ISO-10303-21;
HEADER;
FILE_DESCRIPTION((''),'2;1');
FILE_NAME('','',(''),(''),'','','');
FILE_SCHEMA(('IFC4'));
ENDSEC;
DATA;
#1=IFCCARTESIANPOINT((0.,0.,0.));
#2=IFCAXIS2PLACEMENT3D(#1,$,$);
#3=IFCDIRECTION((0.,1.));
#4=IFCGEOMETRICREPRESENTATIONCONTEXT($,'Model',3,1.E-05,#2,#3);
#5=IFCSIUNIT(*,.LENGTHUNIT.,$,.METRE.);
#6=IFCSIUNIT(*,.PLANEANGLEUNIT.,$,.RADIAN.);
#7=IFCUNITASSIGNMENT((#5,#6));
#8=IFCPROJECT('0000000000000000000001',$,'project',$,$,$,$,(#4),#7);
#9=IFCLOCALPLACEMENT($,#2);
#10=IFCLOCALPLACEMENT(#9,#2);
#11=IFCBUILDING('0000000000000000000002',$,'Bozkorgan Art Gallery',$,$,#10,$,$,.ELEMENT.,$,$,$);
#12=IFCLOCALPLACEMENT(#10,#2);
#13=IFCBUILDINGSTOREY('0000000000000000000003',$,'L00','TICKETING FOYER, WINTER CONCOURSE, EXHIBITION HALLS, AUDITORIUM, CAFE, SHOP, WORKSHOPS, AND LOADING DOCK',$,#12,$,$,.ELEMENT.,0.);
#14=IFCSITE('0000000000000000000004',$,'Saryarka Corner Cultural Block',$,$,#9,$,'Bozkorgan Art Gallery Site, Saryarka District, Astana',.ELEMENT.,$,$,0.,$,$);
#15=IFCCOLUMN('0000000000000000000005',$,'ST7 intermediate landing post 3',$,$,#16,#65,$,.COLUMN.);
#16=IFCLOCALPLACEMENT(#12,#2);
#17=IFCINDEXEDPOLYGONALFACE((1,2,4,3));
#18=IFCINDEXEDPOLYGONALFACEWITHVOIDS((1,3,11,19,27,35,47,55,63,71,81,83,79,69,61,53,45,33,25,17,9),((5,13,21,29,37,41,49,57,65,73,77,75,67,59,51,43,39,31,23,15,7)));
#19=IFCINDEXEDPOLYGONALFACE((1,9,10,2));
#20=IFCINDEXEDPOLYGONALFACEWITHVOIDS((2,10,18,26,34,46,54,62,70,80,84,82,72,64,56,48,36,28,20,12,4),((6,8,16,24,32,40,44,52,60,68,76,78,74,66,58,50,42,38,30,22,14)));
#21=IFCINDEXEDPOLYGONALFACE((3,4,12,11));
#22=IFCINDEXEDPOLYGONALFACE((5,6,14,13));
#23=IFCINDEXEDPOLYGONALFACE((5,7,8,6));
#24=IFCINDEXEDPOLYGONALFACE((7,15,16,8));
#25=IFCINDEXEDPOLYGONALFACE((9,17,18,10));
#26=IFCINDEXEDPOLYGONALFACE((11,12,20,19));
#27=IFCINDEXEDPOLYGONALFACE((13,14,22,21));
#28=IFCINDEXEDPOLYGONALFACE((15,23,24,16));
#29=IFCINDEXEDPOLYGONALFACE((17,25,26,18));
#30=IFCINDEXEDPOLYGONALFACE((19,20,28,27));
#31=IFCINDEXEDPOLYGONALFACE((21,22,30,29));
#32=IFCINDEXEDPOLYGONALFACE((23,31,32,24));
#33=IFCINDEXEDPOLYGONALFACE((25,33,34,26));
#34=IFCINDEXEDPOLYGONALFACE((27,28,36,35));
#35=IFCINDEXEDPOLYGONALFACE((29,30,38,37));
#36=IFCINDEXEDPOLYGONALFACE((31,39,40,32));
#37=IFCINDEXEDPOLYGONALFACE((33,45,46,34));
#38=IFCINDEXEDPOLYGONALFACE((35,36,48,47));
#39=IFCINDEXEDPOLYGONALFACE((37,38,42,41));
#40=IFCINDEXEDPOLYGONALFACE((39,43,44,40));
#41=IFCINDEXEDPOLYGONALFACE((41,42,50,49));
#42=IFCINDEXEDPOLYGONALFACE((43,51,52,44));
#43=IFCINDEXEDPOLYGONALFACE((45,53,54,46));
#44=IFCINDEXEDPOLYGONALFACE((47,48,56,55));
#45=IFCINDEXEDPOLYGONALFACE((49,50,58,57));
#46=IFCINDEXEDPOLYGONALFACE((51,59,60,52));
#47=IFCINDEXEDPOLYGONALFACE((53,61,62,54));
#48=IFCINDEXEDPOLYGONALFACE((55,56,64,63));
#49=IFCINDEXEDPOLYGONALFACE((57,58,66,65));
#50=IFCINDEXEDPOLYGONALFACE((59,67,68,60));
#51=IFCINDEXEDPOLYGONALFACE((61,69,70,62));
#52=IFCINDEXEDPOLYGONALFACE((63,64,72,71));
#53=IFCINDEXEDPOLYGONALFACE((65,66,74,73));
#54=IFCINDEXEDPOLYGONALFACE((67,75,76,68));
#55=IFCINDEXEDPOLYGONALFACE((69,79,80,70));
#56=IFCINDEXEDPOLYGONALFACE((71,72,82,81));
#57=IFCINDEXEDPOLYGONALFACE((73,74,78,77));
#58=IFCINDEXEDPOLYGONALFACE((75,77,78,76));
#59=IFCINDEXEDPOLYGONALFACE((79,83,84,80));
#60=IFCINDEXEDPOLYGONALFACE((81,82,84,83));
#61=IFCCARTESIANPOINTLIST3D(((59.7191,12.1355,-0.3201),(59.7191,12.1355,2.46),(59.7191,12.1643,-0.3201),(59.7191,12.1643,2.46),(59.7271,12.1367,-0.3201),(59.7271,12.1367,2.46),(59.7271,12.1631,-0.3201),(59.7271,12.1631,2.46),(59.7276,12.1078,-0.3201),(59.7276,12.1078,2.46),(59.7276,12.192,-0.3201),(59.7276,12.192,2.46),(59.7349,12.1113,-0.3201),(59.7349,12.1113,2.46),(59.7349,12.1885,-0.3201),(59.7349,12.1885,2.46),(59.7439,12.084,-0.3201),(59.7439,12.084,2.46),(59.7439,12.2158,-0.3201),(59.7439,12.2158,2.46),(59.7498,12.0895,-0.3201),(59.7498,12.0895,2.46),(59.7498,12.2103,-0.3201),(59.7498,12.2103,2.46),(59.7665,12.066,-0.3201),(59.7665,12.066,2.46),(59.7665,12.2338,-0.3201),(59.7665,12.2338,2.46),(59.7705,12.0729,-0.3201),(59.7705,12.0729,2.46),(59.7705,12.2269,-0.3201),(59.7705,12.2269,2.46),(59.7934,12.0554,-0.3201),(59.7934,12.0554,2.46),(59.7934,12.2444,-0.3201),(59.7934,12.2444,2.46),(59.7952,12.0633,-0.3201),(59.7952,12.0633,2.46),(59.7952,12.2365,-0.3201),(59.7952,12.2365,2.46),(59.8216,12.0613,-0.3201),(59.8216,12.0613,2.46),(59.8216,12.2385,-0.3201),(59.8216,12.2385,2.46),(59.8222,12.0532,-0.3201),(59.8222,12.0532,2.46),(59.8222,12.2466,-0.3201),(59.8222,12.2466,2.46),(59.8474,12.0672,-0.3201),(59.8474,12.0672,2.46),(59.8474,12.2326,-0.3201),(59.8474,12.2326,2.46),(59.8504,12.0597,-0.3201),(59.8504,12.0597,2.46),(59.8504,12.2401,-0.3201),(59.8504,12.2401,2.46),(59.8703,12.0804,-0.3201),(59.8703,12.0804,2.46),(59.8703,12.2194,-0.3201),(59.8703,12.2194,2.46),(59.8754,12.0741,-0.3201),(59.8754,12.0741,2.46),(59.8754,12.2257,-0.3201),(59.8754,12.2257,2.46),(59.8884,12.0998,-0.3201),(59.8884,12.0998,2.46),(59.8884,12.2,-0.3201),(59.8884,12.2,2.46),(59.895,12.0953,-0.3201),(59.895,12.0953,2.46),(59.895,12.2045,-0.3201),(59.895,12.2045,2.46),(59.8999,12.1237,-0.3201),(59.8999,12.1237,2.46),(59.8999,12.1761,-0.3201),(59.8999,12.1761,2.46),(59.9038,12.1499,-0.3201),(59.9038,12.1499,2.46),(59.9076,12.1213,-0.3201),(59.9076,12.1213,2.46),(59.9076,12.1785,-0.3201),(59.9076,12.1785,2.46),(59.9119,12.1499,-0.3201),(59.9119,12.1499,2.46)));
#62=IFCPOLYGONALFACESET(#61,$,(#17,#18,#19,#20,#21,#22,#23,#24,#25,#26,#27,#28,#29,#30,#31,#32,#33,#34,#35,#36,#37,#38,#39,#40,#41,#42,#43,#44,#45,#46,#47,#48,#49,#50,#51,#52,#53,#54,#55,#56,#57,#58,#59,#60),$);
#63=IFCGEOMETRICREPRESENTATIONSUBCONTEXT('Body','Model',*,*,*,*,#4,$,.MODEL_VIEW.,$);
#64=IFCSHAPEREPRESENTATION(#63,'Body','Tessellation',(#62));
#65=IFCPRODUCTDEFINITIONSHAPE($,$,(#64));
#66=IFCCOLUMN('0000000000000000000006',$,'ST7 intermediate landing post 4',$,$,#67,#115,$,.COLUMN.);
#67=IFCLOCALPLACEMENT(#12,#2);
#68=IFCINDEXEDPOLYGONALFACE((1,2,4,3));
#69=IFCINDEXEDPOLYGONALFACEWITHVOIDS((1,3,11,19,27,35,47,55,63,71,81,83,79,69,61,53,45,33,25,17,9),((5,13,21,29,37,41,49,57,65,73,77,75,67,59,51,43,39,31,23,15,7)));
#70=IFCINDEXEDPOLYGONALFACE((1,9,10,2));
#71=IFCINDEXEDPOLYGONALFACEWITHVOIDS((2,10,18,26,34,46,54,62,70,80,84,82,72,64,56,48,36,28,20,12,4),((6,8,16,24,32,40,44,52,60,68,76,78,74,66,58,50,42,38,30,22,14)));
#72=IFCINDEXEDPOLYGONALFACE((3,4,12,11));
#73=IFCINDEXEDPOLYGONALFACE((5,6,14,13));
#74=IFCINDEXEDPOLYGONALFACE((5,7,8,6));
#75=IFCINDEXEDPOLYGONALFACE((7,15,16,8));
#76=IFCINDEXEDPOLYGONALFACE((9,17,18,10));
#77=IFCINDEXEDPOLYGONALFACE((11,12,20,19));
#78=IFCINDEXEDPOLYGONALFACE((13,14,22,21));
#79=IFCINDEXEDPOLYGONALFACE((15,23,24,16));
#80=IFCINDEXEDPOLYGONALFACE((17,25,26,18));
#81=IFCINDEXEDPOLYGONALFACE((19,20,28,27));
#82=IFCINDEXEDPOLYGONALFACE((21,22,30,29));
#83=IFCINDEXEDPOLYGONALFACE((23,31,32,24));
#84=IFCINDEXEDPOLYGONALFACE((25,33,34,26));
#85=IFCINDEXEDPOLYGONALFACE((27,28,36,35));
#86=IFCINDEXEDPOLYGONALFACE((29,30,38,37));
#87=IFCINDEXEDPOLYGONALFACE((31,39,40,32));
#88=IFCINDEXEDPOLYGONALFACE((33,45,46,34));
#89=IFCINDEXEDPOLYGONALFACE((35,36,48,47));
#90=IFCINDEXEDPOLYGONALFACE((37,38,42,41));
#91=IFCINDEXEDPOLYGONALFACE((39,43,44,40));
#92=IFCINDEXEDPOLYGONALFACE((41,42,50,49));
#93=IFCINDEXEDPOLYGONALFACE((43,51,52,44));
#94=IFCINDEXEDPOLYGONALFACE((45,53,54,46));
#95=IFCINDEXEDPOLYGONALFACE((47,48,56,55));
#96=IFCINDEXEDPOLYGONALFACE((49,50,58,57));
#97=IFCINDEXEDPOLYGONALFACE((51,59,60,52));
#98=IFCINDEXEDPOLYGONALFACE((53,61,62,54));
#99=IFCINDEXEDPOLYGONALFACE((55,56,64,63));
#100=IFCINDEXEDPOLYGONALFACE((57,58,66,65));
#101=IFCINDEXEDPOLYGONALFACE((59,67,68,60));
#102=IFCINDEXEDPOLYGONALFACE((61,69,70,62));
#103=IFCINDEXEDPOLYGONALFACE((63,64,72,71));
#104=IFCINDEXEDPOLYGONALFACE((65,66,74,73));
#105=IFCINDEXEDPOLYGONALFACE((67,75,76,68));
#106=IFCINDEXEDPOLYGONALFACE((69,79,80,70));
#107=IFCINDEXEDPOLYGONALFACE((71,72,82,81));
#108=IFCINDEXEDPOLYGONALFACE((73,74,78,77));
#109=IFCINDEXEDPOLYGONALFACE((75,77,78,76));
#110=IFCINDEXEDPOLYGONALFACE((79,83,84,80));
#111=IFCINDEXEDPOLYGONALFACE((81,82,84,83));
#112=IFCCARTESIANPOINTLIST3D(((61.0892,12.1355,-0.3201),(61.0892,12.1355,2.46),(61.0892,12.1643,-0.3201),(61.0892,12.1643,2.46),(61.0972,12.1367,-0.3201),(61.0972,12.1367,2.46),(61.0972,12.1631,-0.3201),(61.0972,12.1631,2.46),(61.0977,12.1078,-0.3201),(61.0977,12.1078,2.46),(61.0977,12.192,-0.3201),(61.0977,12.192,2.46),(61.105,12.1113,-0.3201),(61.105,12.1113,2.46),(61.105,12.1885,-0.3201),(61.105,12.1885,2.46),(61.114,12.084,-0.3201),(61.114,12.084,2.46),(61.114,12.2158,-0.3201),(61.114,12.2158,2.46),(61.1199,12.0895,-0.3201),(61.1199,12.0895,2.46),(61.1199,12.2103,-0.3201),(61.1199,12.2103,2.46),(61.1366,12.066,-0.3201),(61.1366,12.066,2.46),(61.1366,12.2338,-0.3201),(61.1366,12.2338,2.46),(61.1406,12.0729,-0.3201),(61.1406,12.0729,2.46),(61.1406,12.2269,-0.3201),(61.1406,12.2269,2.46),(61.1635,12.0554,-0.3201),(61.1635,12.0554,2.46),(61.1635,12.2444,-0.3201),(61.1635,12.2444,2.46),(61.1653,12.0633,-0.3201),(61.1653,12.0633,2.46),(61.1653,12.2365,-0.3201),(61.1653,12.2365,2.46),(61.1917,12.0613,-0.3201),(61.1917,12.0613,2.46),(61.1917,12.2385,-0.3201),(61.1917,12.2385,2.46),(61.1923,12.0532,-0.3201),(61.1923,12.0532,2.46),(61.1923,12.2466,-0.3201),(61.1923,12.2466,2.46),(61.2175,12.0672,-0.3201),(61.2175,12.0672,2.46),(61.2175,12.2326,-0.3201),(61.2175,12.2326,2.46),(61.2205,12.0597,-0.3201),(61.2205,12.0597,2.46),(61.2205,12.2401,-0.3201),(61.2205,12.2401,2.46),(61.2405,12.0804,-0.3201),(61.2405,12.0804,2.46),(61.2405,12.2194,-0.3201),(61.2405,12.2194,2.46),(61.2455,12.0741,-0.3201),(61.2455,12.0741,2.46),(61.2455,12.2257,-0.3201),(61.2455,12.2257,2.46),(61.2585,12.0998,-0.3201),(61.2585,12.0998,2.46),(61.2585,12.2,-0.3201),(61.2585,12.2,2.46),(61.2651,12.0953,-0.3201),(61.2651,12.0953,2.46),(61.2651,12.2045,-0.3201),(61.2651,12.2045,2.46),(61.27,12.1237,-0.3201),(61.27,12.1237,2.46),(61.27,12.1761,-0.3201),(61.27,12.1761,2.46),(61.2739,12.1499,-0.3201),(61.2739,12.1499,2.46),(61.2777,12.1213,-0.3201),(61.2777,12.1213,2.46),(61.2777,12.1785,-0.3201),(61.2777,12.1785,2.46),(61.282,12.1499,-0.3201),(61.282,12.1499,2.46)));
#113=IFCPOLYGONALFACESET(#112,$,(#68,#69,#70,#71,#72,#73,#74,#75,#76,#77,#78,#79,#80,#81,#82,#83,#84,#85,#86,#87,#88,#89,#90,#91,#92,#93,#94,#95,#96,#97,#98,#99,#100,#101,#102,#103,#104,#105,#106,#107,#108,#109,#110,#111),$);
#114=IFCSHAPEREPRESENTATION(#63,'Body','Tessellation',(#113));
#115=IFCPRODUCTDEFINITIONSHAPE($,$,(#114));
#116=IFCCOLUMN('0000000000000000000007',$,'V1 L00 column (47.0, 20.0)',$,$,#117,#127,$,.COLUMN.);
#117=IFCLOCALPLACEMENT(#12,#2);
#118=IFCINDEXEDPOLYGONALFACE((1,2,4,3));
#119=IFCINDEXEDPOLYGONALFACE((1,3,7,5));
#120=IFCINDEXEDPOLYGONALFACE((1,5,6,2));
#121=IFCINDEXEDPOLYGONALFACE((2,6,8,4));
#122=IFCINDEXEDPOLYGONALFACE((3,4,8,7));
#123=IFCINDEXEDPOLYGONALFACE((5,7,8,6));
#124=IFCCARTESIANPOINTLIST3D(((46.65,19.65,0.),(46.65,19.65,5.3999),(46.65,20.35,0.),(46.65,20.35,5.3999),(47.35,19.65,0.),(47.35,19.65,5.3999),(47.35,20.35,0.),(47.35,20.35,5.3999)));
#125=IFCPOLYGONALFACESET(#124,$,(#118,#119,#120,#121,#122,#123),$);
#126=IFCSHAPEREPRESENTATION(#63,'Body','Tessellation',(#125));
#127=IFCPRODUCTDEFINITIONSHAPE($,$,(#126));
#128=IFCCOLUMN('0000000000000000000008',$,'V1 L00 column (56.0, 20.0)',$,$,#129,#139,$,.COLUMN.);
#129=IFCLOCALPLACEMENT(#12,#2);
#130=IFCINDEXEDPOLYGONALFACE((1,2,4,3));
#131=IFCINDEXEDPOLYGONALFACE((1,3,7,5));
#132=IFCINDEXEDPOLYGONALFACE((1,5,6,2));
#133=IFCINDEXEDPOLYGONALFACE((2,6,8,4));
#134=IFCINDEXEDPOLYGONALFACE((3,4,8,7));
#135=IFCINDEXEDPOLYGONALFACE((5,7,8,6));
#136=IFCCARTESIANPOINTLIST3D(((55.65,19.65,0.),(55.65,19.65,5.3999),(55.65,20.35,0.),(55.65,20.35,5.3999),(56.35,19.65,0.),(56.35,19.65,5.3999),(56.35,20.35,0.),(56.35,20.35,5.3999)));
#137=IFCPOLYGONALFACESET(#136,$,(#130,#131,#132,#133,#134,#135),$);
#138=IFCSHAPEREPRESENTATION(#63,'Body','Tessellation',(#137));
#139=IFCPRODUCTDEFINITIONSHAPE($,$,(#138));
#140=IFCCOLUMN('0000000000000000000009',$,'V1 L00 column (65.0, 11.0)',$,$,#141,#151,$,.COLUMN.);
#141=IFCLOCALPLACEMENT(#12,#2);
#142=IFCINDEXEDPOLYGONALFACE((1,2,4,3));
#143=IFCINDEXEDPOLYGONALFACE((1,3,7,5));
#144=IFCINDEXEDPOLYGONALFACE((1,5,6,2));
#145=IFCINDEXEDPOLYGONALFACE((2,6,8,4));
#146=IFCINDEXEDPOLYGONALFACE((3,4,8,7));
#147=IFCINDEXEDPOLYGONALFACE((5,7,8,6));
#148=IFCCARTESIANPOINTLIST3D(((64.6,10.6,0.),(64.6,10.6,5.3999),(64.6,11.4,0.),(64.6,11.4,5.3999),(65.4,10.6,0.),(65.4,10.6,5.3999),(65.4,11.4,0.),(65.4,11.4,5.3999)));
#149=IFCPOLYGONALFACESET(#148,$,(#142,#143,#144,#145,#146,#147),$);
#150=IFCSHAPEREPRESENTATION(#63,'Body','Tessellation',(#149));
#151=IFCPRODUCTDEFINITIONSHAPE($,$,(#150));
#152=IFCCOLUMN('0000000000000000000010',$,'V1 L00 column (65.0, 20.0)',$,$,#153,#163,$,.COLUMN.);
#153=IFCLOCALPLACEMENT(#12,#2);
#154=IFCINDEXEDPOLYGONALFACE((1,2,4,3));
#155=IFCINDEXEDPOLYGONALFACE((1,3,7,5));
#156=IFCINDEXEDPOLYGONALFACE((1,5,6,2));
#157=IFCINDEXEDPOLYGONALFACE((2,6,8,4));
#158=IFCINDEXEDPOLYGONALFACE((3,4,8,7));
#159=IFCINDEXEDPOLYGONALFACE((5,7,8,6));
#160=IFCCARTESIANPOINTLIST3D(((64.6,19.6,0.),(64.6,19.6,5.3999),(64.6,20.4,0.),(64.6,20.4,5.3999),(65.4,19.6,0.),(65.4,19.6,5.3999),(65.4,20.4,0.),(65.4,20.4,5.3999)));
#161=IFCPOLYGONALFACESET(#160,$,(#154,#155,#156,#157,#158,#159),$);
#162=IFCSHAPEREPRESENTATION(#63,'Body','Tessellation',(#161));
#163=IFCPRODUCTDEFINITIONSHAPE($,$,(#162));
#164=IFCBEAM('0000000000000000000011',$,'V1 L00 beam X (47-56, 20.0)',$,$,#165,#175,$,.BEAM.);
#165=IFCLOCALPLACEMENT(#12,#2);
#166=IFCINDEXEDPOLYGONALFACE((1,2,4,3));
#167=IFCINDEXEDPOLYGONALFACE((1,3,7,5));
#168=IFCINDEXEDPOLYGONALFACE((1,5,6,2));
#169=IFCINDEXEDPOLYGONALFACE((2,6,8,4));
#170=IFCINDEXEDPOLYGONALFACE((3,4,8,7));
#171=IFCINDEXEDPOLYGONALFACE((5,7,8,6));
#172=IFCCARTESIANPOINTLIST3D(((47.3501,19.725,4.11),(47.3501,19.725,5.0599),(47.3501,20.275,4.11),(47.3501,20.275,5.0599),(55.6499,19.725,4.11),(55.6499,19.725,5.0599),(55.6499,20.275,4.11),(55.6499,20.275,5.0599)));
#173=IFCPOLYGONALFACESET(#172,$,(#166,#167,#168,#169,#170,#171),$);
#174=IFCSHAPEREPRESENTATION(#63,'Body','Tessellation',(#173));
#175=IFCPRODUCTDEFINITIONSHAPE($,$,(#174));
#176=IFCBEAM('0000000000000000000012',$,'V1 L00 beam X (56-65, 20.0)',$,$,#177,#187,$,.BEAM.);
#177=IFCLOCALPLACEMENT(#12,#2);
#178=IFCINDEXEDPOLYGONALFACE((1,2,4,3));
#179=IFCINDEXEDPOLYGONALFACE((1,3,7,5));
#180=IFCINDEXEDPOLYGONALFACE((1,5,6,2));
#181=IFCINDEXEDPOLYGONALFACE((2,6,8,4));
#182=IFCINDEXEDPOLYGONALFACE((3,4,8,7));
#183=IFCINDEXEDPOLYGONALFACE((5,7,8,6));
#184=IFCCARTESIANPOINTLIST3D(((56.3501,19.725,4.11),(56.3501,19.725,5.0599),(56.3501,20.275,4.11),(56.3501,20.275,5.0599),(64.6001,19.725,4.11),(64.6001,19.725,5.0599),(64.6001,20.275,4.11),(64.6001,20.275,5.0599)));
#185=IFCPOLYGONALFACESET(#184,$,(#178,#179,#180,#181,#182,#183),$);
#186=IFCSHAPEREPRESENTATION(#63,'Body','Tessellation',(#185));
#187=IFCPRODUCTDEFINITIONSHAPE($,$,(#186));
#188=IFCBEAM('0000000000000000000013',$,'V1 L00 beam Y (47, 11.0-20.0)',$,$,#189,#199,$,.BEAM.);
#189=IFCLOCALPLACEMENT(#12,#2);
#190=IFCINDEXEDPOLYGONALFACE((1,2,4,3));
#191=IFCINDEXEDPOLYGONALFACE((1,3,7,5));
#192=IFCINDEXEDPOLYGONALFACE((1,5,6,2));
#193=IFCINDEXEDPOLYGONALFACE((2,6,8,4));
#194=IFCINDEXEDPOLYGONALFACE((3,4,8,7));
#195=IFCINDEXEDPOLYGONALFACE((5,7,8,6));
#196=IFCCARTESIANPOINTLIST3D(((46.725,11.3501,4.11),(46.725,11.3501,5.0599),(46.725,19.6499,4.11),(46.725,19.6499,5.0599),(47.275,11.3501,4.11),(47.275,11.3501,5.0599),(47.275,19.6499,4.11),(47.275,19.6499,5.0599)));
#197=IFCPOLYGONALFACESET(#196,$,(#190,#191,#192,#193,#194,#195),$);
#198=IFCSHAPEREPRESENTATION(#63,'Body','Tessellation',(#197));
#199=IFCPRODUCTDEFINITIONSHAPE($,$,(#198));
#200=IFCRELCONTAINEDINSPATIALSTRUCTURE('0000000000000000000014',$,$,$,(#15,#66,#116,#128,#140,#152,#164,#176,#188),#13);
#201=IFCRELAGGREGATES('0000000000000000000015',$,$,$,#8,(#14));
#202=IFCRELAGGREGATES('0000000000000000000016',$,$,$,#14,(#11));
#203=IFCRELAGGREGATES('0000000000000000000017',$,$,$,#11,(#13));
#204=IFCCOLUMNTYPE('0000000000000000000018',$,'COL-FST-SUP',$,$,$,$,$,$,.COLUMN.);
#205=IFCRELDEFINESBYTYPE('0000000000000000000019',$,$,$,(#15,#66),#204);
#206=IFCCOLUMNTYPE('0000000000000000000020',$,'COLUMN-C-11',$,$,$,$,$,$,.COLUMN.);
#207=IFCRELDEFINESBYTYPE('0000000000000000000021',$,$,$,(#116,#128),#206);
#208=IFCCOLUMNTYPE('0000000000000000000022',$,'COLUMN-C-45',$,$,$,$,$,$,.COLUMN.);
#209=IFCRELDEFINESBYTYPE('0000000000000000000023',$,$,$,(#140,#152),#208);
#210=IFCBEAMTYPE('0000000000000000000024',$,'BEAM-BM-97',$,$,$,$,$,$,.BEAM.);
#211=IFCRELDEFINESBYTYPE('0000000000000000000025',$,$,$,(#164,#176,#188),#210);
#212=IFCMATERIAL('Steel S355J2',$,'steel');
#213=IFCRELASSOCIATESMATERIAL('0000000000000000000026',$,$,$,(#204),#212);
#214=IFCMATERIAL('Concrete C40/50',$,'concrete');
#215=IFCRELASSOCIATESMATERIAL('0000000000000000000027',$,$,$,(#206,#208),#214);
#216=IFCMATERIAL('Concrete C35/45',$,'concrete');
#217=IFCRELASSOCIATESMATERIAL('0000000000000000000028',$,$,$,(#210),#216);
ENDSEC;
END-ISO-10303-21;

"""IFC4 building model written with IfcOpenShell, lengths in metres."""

from ifc_helpers import new_model, si_unit, direction, frame, origin, origin_2d, place, context, subcontext, project, spatial, rectangle, hollow_circle, extrude, material, material_profile, profile_set, type_object, element, save


model = new_model("IFC4")

# Units and contexts
model_context = context("Model", 3, precision=1e-05, world=origin(), true_north=direction((0.0, 1.0)))
body_context = subcontext(model_context, "Body", "Model", "MODEL_VIEW")
ifc_project = project(units=[si_unit("LENGTHUNIT", "METRE"), si_unit("PLANEANGLEUNIT", "RADIAN")], contexts=[model_context])

# Site, building, storey
site_placement = place(None, origin())
site = spatial("IfcSite", under=ifc_project, at=site_placement, Name="Saryarka Corner Cultural Block", LongName="Bozkorgan Art Gallery Site, Saryarka District, Astana", CompositionType="ELEMENT", RefElevation=0.0)
building_placement = place(site_placement, origin())
building = spatial("IfcBuilding", under=site, at=building_placement, Name="Bozkorgan Art Gallery", CompositionType="ELEMENT")
storey_placement = place(building_placement, origin())
storey = spatial("IfcBuildingStorey", under=building, at=storey_placement, Name="L00", Description="TICKETING FOYER, WINTER CONCOURSE, EXHIBITION HALLS, AUDITORIUM, CAFE, SHOP, WORKSHOPS, AND LOADING DOCK", CompositionType="ELEMENT", Elevation=0.0)

# Columns
ifc_material_1 = material(Name="Steel S355J2", Category="steel")
ifc_material_profile_1 = material_profile(ifc_material_1, hollow_circle(Radius=0.0969, WallThickness=0.0081, at=origin_2d()), Name="CHS 193.7x8")
ifc_profile_set_1 = profile_set([ifc_material_profile_1], Name="Steel S355J2")
column_type_1 = type_object("IfcColumnType", Name="COL-FST-SUP", PredefinedType="COLUMN", material=ifc_profile_set_1)
for number, where, z_axis, x_axis, name in (
    (1, (59.8149, 12.1499, -0.3201), (0.0, 0.0, 1.0), (1.0, 0.0, 0.0), "ST7 intermediate landing post 3"),
    (2, (61.1851, 12.1499, -0.3201), (0.0, 0.0, 1.0), (1.0, 0.0, 0.0), "ST7 intermediate landing post 4"),
):
    element("IfcColumn", number, at=place(storey_placement, frame(where, z_axis=z_axis, x_axis=x_axis)), inside=storey, type_object=column_type_1, Name=name, PredefinedType="COLUMN", context=body_context, shape_type="SweptSolid", body=[
        extrude(hollow_circle(Radius=0.0969, WallThickness=0.0081, at=origin_2d()), origin(), (0.0, 0.0, 1.0), 2.78),
    ])
ifc_material_2 = material(Name="Concrete C40/50", Category="concrete")
ifc_material_profile_2 = material_profile(ifc_material_2, rectangle(XDim=0.7, YDim=0.7, at=origin_2d()), Name="RC 700x700")
ifc_profile_set_2 = profile_set([ifc_material_profile_2], Name="Concrete C40/50")
column_type_2 = type_object("IfcColumnType", Name="COLUMN-C-11", PredefinedType="COLUMN", material=ifc_profile_set_2)
for number, where, z_axis, x_axis, name in (
    (3, (47.0, 20.0, 0.0), (0.0, 0.0, 1.0), (1.0, 0.0, 0.0), "V1 L00 column (47.0, 20.0)"),
    (4, (56.0, 20.0, 0.0), (0.0, 0.0, 1.0), (1.0, 0.0, 0.0), "V1 L00 column (56.0, 20.0)"),
):
    element("IfcColumn", number, at=place(storey_placement, frame(where, z_axis=z_axis, x_axis=x_axis)), inside=storey, type_object=column_type_2, Name=name, PredefinedType="COLUMN", context=body_context, shape_type="SweptSolid", body=[
        extrude(rectangle(XDim=0.7, YDim=0.7, at=origin_2d()), origin(), (0.0, 0.0, 1.0), 5.3999),
    ])
ifc_material_profile_3 = material_profile(ifc_material_2, rectangle(XDim=0.8, YDim=0.8, at=origin_2d()), Name="RC 800x800")
ifc_profile_set_3 = profile_set([ifc_material_profile_3], Name="Concrete C40/50")
column_type_3 = type_object("IfcColumnType", Name="COLUMN-C-45", PredefinedType="COLUMN", material=ifc_profile_set_3)
for number, where, z_axis, x_axis, name in (
    (5, (65.0, 11.0, 0.0), (0.0, 0.0, 1.0), (1.0, 0.0, 0.0), "V1 L00 column (65.0, 11.0)"),
    (6, (65.0, 20.0, 0.0), (0.0, 0.0, 1.0), (1.0, 0.0, 0.0), "V1 L00 column (65.0, 20.0)"),
):
    element("IfcColumn", number, at=place(storey_placement, frame(where, z_axis=z_axis, x_axis=x_axis)), inside=storey, type_object=column_type_3, Name=name, PredefinedType="COLUMN", context=body_context, shape_type="SweptSolid", body=[
        extrude(rectangle(XDim=0.8, YDim=0.8, at=origin_2d()), origin(), (0.0, 0.0, 1.0), 5.3999),
    ])

# Beams
ifc_material_3 = material(Name="Concrete C35/45", Category="concrete")
ifc_material_profile_4 = material_profile(ifc_material_3, rectangle(XDim=0.55, YDim=0.95, at=origin_2d()), Name="RC 550x950")
ifc_profile_set_4 = profile_set([ifc_material_profile_4], Name="Concrete C35/45")
beam_type_1 = type_object("IfcBeamType", Name="BEAM-BM-97", PredefinedType="BEAM", material=ifc_profile_set_4)
beam_1_placement = place(storey_placement, frame((47.3501, 20.0, 4.585), z_axis=(1.0, 0.0, 0.0), x_axis=(0.0, 1.0, 0.0)))
element("IfcBeam", 7, at=beam_1_placement, inside=storey, type_object=beam_type_1, Name="V1 L00 beam X (47-56, 20.0)", PredefinedType="BEAM", context=body_context, shape_type="SweptSolid", body=[
    extrude(rectangle(XDim=0.55, YDim=0.95, at=origin_2d()), origin(), (0.0, 0.0, 1.0), 8.2998),
])
beam_2_placement = place(storey_placement, frame((56.3501, 20.0, 4.585), z_axis=(1.0, 0.0, 0.0), x_axis=(0.0, 1.0, 0.0)))
element("IfcBeam", 8, at=beam_2_placement, inside=storey, type_object=beam_type_1, Name="V1 L00 beam X (56-65, 20.0)", PredefinedType="BEAM", context=body_context, shape_type="SweptSolid", body=[
    extrude(rectangle(XDim=0.55, YDim=0.95, at=origin_2d()), origin(), (0.0, 0.0, 1.0), 8.25),
])
beam_3_placement = place(storey_placement, frame((47.0, 11.3501, 4.585), z_axis=(0.0, 1.0, 0.0), x_axis=(-1.0, 0.0, 0.0)))
element("IfcBeam", 9, at=beam_3_placement, inside=storey, type_object=beam_type_1, Name="V1 L00 beam Y (47, 11.0-20.0)", PredefinedType="BEAM", context=body_context, shape_type="SweptSolid", body=[
    extrude(rectangle(XDim=0.55, YDim=0.95, at=origin_2d()), origin(), (0.0, 0.0, 1.0), 8.2998),
])

save(model, "model.ifc")
